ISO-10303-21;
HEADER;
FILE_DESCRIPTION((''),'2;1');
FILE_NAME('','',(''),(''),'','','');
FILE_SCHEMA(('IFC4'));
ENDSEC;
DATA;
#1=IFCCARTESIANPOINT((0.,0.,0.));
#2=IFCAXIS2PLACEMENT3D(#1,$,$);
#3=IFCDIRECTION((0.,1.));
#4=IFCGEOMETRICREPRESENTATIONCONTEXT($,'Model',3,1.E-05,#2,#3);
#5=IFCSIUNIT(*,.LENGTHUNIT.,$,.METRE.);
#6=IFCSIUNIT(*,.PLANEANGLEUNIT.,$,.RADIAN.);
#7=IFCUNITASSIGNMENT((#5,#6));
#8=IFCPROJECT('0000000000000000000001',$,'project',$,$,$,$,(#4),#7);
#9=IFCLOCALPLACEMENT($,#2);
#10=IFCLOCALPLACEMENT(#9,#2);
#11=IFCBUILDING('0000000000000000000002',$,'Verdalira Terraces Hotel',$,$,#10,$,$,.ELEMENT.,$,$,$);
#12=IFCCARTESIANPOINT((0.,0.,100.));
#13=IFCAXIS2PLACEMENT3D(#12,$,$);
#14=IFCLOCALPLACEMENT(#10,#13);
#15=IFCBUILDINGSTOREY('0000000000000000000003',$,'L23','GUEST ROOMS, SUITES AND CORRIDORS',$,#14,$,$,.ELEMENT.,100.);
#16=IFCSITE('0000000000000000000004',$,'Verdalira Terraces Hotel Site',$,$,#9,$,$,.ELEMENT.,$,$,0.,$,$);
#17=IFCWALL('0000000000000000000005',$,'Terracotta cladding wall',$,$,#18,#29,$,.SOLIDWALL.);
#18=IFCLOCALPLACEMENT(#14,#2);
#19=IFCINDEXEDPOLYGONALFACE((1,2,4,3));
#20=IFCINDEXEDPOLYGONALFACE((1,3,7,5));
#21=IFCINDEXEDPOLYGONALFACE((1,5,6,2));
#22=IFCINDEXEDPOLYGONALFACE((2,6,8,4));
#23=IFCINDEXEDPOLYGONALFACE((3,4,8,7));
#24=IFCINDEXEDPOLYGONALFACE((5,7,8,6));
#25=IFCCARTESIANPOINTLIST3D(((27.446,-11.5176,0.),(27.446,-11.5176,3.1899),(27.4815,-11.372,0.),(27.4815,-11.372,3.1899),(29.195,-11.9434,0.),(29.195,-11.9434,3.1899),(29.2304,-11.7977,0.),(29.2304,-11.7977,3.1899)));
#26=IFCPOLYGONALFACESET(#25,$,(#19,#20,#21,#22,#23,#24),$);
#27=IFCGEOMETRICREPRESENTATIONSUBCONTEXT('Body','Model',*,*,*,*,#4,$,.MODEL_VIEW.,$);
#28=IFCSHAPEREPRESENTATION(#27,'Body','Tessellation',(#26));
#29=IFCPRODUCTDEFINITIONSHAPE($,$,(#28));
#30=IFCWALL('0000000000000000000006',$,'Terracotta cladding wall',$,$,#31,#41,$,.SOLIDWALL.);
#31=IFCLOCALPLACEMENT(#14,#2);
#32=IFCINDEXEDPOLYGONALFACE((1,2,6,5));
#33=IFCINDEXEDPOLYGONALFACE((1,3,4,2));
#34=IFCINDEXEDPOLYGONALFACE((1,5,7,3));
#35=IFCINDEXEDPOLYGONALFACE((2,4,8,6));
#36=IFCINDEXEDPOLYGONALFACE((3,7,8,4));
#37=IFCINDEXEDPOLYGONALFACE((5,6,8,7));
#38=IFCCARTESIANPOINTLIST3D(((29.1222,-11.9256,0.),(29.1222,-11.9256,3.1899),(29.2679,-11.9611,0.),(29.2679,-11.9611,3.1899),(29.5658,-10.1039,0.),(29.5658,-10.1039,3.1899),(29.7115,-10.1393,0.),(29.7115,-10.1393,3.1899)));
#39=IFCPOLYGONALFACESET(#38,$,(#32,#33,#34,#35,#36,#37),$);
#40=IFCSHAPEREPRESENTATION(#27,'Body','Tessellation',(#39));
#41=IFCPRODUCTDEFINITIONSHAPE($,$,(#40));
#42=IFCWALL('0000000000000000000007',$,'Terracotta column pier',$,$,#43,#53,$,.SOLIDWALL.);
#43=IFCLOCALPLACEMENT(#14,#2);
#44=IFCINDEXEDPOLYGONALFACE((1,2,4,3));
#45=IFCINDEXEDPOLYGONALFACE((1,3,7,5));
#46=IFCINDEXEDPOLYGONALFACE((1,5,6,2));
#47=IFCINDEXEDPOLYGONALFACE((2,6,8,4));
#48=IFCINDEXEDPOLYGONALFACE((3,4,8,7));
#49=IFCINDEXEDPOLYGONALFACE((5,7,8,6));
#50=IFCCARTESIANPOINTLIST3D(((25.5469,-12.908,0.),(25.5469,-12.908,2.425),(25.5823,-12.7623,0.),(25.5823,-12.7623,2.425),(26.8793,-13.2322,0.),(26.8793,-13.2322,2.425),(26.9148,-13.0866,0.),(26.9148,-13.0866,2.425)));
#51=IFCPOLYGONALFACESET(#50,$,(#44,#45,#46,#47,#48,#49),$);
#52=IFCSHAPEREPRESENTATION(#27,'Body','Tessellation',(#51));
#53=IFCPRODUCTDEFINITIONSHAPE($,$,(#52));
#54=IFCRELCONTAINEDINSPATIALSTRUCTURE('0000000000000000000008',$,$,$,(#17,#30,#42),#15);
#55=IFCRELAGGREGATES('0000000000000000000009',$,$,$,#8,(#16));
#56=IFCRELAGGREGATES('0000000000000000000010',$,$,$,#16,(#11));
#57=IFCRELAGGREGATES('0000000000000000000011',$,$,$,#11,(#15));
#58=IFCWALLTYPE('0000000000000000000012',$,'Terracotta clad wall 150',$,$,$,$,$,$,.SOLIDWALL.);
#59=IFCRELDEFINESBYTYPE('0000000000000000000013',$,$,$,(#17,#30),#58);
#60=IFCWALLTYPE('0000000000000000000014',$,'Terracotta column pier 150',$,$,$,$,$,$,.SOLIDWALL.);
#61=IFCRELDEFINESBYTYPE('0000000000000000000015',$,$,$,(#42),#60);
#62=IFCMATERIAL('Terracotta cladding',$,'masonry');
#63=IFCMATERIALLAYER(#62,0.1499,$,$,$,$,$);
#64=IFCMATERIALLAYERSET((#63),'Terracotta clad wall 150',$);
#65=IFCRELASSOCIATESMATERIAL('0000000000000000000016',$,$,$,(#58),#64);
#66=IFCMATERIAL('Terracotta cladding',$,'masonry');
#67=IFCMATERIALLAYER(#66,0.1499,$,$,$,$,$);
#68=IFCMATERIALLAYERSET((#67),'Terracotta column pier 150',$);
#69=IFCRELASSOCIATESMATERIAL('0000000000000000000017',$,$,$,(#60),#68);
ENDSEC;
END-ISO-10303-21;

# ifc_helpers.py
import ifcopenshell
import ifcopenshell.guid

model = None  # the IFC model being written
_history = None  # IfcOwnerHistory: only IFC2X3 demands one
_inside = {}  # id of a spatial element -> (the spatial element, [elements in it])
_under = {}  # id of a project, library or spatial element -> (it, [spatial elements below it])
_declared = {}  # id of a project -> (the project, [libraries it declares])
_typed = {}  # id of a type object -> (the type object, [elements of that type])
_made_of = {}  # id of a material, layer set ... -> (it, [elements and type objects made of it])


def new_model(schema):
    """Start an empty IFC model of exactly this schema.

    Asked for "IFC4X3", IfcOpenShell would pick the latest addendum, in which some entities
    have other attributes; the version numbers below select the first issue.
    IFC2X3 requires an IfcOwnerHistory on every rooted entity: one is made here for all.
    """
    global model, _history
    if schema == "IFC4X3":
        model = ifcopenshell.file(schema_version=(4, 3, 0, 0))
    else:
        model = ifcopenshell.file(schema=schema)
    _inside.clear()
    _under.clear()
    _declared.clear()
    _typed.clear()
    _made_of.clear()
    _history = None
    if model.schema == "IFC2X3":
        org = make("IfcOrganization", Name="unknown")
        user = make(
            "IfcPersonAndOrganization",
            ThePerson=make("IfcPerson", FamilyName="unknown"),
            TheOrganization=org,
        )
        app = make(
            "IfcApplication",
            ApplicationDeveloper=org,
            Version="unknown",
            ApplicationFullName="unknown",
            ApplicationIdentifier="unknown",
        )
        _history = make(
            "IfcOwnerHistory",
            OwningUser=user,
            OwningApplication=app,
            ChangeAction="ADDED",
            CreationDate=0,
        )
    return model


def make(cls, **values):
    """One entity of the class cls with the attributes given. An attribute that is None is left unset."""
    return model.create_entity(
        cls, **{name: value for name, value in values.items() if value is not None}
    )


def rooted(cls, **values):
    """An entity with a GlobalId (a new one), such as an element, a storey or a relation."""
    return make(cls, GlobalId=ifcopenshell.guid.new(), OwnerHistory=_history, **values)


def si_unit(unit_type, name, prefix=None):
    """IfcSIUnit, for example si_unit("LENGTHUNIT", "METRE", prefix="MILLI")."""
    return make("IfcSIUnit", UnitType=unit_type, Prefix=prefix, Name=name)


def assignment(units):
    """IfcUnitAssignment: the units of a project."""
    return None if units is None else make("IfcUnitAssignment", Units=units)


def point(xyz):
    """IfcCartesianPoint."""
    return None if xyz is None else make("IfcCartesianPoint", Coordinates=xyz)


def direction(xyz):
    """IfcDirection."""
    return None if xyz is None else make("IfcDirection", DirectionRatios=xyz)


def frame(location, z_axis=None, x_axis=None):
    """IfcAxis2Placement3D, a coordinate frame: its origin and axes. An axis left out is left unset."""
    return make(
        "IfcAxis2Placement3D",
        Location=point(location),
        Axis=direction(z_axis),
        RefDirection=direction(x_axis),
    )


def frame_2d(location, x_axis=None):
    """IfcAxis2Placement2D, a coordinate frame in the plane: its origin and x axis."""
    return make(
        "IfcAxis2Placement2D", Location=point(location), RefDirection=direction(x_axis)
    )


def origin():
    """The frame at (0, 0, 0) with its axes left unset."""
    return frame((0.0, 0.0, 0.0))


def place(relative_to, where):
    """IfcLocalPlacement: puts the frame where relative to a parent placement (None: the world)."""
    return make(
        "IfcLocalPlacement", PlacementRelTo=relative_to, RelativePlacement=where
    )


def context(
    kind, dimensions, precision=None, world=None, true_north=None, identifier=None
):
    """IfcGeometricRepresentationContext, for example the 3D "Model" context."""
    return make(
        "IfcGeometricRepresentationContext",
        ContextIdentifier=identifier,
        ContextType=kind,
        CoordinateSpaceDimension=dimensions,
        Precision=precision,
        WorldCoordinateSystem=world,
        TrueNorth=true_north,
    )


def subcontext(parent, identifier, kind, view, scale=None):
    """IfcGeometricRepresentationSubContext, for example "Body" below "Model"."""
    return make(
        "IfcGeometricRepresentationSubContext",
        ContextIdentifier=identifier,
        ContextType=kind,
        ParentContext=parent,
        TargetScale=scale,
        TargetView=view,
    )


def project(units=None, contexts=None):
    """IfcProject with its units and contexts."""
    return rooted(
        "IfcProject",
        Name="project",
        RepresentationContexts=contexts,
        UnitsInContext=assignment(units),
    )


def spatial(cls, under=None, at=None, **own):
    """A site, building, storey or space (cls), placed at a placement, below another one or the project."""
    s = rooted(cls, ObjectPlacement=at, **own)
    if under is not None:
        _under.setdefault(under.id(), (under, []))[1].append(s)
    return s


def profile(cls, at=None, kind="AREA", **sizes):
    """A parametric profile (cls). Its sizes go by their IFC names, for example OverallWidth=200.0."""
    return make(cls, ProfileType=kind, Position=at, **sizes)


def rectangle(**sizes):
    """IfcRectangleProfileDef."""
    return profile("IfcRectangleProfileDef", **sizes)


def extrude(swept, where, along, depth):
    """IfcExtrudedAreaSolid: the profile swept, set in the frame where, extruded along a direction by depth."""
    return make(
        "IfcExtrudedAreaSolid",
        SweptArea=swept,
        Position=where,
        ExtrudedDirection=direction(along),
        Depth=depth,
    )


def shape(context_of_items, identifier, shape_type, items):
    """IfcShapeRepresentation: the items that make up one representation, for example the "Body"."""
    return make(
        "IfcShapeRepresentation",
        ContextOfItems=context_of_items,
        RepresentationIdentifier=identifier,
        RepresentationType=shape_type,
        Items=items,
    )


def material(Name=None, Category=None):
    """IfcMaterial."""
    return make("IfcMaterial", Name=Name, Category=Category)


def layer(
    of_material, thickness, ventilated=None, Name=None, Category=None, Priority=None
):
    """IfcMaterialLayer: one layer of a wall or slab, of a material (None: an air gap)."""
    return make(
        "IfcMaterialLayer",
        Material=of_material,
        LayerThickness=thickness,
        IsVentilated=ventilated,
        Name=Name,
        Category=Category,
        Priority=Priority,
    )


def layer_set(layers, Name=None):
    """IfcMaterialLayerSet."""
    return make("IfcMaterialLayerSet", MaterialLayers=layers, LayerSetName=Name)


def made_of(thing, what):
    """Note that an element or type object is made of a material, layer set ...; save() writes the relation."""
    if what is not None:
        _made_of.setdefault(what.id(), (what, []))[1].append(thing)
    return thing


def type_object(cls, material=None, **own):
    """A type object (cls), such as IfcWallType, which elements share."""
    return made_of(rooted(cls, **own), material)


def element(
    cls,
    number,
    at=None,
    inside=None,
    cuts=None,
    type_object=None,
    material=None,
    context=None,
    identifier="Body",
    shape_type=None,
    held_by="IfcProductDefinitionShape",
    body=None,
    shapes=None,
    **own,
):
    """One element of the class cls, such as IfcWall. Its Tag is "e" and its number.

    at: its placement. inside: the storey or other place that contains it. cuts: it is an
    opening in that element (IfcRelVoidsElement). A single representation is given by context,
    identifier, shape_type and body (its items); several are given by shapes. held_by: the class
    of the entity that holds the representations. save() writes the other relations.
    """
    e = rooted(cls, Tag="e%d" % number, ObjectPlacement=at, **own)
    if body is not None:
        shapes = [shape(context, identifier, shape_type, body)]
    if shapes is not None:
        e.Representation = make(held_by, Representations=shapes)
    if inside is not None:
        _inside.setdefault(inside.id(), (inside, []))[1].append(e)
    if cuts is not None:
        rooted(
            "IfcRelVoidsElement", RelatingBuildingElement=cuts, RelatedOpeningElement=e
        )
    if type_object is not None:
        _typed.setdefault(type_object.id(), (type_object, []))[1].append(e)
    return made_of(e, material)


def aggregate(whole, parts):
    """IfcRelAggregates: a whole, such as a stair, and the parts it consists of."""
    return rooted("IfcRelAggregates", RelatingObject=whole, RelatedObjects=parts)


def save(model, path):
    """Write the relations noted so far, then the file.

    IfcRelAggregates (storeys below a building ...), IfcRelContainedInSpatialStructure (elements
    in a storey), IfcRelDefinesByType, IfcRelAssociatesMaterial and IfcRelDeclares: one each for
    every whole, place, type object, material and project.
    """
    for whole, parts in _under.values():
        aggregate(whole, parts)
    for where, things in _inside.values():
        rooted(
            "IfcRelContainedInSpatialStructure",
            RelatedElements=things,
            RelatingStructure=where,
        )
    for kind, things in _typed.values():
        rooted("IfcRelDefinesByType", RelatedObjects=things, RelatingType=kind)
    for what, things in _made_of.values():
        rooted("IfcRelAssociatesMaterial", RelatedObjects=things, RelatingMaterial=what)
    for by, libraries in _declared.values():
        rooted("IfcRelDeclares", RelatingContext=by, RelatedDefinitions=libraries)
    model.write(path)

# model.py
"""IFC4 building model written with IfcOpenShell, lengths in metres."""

from ifc_helpers import new_model, si_unit, direction, frame, frame_2d, origin, place, context, subcontext, project, spatial, rectangle, extrude, material, layer, layer_set, type_object, element, save


model = new_model("IFC4")

# Units and contexts
model_context = context("Model", 3, precision=1e-05, world=origin(), true_north=direction((0.0, 1.0)))
body_context = subcontext(model_context, "Body", "Model", "MODEL_VIEW")
ifc_project = project(units=[si_unit("LENGTHUNIT", "METRE"), si_unit("PLANEANGLEUNIT", "RADIAN")], contexts=[model_context])

# Site, building, storey
site_placement = place(None, origin())
site = spatial("IfcSite", under=ifc_project, at=site_placement, Name="Verdalira Terraces Hotel Site", CompositionType="ELEMENT", RefElevation=0.0)
building_placement = place(site_placement, origin())
building = spatial("IfcBuilding", under=site, at=building_placement, Name="Verdalira Terraces Hotel", CompositionType="ELEMENT")
storey_placement = place(building_placement, frame((0.0, 0.0, 100.0)))
storey = spatial("IfcBuildingStorey", under=building, at=storey_placement, Name="L23", Description="GUEST ROOMS, SUITES AND CORRIDORS", CompositionType="ELEMENT", Elevation=100.0)

# Walls
ifc_material_1 = material(Name="Terracotta cladding", Category="masonry")
ifc_layer_1 = layer(ifc_material_1, 0.1499)
ifc_layer_set_1 = layer_set([ifc_layer_1], Name="Terracotta clad wall 150")
wall_type_1 = type_object("IfcWallType", Name="Terracotta clad wall 150", PredefinedType="SOLIDWALL", material=ifc_layer_set_1)
wall_1_placement = place(storey_placement, frame((27.4639, -11.4448, 0.0), z_axis=(0.0, 0.0, 1.0), x_axis=(0.971624, -0.236532, 0.0)))
element("IfcWall", 1, at=wall_1_placement, inside=storey, type_object=wall_type_1, Name="Terracotta cladding wall", PredefinedType="SOLIDWALL", context=body_context, shape_type="SweptSolid", body=[
    extrude(rectangle(XDim=1.8, YDim=0.1499, at=frame_2d((0.8999, 0.0))), origin(), (0.0, 0.0, 1.0), 3.1899),
])
wall_2_placement = place(storey_placement, frame((29.1951, -11.9434, 0.0), z_axis=(0.0, 0.0, 1.0), x_axis=(0.236587, 0.97161, 0.0)))
element("IfcWall", 2, at=wall_2_placement, inside=storey, type_object=wall_type_1, Name="Terracotta cladding wall", PredefinedType="SOLIDWALL", context=body_context, shape_type="SweptSolid", body=[
    extrude(rectangle(XDim=1.875, YDim=0.1499, at=frame_2d((0.9375, 0.0))), origin(), (0.0, 0.0, 1.0), 3.1899),
])
ifc_material_2 = material(Name="Terracotta cladding", Category="masonry")
ifc_layer_2 = layer(ifc_material_2, 0.1499)
ifc_layer_set_2 = layer_set([ifc_layer_2], Name="Terracotta column pier 150")
wall_type_2 = type_object("IfcWallType", Name="Terracotta column pier 150", PredefinedType="SOLIDWALL", material=ifc_layer_set_2)
wall_3_placement = place(storey_placement, frame((25.5647, -12.8352, 0.0), z_axis=(0.0, 0.0, 1.0), x_axis=(0.971652, -0.236415, 0.0)))
element("IfcWall", 3, at=wall_3_placement, inside=storey, type_object=wall_type_2, Name="Terracotta column pier", PredefinedType="SOLIDWALL", context=body_context, shape_type="SweptSolid", body=[
    extrude(rectangle(XDim=1.3713, YDim=0.1499, at=frame_2d((0.6855, 0.0))), origin(), (0.0, 0.0, 1.0), 2.425),
])

save(model, "model.ifc")
